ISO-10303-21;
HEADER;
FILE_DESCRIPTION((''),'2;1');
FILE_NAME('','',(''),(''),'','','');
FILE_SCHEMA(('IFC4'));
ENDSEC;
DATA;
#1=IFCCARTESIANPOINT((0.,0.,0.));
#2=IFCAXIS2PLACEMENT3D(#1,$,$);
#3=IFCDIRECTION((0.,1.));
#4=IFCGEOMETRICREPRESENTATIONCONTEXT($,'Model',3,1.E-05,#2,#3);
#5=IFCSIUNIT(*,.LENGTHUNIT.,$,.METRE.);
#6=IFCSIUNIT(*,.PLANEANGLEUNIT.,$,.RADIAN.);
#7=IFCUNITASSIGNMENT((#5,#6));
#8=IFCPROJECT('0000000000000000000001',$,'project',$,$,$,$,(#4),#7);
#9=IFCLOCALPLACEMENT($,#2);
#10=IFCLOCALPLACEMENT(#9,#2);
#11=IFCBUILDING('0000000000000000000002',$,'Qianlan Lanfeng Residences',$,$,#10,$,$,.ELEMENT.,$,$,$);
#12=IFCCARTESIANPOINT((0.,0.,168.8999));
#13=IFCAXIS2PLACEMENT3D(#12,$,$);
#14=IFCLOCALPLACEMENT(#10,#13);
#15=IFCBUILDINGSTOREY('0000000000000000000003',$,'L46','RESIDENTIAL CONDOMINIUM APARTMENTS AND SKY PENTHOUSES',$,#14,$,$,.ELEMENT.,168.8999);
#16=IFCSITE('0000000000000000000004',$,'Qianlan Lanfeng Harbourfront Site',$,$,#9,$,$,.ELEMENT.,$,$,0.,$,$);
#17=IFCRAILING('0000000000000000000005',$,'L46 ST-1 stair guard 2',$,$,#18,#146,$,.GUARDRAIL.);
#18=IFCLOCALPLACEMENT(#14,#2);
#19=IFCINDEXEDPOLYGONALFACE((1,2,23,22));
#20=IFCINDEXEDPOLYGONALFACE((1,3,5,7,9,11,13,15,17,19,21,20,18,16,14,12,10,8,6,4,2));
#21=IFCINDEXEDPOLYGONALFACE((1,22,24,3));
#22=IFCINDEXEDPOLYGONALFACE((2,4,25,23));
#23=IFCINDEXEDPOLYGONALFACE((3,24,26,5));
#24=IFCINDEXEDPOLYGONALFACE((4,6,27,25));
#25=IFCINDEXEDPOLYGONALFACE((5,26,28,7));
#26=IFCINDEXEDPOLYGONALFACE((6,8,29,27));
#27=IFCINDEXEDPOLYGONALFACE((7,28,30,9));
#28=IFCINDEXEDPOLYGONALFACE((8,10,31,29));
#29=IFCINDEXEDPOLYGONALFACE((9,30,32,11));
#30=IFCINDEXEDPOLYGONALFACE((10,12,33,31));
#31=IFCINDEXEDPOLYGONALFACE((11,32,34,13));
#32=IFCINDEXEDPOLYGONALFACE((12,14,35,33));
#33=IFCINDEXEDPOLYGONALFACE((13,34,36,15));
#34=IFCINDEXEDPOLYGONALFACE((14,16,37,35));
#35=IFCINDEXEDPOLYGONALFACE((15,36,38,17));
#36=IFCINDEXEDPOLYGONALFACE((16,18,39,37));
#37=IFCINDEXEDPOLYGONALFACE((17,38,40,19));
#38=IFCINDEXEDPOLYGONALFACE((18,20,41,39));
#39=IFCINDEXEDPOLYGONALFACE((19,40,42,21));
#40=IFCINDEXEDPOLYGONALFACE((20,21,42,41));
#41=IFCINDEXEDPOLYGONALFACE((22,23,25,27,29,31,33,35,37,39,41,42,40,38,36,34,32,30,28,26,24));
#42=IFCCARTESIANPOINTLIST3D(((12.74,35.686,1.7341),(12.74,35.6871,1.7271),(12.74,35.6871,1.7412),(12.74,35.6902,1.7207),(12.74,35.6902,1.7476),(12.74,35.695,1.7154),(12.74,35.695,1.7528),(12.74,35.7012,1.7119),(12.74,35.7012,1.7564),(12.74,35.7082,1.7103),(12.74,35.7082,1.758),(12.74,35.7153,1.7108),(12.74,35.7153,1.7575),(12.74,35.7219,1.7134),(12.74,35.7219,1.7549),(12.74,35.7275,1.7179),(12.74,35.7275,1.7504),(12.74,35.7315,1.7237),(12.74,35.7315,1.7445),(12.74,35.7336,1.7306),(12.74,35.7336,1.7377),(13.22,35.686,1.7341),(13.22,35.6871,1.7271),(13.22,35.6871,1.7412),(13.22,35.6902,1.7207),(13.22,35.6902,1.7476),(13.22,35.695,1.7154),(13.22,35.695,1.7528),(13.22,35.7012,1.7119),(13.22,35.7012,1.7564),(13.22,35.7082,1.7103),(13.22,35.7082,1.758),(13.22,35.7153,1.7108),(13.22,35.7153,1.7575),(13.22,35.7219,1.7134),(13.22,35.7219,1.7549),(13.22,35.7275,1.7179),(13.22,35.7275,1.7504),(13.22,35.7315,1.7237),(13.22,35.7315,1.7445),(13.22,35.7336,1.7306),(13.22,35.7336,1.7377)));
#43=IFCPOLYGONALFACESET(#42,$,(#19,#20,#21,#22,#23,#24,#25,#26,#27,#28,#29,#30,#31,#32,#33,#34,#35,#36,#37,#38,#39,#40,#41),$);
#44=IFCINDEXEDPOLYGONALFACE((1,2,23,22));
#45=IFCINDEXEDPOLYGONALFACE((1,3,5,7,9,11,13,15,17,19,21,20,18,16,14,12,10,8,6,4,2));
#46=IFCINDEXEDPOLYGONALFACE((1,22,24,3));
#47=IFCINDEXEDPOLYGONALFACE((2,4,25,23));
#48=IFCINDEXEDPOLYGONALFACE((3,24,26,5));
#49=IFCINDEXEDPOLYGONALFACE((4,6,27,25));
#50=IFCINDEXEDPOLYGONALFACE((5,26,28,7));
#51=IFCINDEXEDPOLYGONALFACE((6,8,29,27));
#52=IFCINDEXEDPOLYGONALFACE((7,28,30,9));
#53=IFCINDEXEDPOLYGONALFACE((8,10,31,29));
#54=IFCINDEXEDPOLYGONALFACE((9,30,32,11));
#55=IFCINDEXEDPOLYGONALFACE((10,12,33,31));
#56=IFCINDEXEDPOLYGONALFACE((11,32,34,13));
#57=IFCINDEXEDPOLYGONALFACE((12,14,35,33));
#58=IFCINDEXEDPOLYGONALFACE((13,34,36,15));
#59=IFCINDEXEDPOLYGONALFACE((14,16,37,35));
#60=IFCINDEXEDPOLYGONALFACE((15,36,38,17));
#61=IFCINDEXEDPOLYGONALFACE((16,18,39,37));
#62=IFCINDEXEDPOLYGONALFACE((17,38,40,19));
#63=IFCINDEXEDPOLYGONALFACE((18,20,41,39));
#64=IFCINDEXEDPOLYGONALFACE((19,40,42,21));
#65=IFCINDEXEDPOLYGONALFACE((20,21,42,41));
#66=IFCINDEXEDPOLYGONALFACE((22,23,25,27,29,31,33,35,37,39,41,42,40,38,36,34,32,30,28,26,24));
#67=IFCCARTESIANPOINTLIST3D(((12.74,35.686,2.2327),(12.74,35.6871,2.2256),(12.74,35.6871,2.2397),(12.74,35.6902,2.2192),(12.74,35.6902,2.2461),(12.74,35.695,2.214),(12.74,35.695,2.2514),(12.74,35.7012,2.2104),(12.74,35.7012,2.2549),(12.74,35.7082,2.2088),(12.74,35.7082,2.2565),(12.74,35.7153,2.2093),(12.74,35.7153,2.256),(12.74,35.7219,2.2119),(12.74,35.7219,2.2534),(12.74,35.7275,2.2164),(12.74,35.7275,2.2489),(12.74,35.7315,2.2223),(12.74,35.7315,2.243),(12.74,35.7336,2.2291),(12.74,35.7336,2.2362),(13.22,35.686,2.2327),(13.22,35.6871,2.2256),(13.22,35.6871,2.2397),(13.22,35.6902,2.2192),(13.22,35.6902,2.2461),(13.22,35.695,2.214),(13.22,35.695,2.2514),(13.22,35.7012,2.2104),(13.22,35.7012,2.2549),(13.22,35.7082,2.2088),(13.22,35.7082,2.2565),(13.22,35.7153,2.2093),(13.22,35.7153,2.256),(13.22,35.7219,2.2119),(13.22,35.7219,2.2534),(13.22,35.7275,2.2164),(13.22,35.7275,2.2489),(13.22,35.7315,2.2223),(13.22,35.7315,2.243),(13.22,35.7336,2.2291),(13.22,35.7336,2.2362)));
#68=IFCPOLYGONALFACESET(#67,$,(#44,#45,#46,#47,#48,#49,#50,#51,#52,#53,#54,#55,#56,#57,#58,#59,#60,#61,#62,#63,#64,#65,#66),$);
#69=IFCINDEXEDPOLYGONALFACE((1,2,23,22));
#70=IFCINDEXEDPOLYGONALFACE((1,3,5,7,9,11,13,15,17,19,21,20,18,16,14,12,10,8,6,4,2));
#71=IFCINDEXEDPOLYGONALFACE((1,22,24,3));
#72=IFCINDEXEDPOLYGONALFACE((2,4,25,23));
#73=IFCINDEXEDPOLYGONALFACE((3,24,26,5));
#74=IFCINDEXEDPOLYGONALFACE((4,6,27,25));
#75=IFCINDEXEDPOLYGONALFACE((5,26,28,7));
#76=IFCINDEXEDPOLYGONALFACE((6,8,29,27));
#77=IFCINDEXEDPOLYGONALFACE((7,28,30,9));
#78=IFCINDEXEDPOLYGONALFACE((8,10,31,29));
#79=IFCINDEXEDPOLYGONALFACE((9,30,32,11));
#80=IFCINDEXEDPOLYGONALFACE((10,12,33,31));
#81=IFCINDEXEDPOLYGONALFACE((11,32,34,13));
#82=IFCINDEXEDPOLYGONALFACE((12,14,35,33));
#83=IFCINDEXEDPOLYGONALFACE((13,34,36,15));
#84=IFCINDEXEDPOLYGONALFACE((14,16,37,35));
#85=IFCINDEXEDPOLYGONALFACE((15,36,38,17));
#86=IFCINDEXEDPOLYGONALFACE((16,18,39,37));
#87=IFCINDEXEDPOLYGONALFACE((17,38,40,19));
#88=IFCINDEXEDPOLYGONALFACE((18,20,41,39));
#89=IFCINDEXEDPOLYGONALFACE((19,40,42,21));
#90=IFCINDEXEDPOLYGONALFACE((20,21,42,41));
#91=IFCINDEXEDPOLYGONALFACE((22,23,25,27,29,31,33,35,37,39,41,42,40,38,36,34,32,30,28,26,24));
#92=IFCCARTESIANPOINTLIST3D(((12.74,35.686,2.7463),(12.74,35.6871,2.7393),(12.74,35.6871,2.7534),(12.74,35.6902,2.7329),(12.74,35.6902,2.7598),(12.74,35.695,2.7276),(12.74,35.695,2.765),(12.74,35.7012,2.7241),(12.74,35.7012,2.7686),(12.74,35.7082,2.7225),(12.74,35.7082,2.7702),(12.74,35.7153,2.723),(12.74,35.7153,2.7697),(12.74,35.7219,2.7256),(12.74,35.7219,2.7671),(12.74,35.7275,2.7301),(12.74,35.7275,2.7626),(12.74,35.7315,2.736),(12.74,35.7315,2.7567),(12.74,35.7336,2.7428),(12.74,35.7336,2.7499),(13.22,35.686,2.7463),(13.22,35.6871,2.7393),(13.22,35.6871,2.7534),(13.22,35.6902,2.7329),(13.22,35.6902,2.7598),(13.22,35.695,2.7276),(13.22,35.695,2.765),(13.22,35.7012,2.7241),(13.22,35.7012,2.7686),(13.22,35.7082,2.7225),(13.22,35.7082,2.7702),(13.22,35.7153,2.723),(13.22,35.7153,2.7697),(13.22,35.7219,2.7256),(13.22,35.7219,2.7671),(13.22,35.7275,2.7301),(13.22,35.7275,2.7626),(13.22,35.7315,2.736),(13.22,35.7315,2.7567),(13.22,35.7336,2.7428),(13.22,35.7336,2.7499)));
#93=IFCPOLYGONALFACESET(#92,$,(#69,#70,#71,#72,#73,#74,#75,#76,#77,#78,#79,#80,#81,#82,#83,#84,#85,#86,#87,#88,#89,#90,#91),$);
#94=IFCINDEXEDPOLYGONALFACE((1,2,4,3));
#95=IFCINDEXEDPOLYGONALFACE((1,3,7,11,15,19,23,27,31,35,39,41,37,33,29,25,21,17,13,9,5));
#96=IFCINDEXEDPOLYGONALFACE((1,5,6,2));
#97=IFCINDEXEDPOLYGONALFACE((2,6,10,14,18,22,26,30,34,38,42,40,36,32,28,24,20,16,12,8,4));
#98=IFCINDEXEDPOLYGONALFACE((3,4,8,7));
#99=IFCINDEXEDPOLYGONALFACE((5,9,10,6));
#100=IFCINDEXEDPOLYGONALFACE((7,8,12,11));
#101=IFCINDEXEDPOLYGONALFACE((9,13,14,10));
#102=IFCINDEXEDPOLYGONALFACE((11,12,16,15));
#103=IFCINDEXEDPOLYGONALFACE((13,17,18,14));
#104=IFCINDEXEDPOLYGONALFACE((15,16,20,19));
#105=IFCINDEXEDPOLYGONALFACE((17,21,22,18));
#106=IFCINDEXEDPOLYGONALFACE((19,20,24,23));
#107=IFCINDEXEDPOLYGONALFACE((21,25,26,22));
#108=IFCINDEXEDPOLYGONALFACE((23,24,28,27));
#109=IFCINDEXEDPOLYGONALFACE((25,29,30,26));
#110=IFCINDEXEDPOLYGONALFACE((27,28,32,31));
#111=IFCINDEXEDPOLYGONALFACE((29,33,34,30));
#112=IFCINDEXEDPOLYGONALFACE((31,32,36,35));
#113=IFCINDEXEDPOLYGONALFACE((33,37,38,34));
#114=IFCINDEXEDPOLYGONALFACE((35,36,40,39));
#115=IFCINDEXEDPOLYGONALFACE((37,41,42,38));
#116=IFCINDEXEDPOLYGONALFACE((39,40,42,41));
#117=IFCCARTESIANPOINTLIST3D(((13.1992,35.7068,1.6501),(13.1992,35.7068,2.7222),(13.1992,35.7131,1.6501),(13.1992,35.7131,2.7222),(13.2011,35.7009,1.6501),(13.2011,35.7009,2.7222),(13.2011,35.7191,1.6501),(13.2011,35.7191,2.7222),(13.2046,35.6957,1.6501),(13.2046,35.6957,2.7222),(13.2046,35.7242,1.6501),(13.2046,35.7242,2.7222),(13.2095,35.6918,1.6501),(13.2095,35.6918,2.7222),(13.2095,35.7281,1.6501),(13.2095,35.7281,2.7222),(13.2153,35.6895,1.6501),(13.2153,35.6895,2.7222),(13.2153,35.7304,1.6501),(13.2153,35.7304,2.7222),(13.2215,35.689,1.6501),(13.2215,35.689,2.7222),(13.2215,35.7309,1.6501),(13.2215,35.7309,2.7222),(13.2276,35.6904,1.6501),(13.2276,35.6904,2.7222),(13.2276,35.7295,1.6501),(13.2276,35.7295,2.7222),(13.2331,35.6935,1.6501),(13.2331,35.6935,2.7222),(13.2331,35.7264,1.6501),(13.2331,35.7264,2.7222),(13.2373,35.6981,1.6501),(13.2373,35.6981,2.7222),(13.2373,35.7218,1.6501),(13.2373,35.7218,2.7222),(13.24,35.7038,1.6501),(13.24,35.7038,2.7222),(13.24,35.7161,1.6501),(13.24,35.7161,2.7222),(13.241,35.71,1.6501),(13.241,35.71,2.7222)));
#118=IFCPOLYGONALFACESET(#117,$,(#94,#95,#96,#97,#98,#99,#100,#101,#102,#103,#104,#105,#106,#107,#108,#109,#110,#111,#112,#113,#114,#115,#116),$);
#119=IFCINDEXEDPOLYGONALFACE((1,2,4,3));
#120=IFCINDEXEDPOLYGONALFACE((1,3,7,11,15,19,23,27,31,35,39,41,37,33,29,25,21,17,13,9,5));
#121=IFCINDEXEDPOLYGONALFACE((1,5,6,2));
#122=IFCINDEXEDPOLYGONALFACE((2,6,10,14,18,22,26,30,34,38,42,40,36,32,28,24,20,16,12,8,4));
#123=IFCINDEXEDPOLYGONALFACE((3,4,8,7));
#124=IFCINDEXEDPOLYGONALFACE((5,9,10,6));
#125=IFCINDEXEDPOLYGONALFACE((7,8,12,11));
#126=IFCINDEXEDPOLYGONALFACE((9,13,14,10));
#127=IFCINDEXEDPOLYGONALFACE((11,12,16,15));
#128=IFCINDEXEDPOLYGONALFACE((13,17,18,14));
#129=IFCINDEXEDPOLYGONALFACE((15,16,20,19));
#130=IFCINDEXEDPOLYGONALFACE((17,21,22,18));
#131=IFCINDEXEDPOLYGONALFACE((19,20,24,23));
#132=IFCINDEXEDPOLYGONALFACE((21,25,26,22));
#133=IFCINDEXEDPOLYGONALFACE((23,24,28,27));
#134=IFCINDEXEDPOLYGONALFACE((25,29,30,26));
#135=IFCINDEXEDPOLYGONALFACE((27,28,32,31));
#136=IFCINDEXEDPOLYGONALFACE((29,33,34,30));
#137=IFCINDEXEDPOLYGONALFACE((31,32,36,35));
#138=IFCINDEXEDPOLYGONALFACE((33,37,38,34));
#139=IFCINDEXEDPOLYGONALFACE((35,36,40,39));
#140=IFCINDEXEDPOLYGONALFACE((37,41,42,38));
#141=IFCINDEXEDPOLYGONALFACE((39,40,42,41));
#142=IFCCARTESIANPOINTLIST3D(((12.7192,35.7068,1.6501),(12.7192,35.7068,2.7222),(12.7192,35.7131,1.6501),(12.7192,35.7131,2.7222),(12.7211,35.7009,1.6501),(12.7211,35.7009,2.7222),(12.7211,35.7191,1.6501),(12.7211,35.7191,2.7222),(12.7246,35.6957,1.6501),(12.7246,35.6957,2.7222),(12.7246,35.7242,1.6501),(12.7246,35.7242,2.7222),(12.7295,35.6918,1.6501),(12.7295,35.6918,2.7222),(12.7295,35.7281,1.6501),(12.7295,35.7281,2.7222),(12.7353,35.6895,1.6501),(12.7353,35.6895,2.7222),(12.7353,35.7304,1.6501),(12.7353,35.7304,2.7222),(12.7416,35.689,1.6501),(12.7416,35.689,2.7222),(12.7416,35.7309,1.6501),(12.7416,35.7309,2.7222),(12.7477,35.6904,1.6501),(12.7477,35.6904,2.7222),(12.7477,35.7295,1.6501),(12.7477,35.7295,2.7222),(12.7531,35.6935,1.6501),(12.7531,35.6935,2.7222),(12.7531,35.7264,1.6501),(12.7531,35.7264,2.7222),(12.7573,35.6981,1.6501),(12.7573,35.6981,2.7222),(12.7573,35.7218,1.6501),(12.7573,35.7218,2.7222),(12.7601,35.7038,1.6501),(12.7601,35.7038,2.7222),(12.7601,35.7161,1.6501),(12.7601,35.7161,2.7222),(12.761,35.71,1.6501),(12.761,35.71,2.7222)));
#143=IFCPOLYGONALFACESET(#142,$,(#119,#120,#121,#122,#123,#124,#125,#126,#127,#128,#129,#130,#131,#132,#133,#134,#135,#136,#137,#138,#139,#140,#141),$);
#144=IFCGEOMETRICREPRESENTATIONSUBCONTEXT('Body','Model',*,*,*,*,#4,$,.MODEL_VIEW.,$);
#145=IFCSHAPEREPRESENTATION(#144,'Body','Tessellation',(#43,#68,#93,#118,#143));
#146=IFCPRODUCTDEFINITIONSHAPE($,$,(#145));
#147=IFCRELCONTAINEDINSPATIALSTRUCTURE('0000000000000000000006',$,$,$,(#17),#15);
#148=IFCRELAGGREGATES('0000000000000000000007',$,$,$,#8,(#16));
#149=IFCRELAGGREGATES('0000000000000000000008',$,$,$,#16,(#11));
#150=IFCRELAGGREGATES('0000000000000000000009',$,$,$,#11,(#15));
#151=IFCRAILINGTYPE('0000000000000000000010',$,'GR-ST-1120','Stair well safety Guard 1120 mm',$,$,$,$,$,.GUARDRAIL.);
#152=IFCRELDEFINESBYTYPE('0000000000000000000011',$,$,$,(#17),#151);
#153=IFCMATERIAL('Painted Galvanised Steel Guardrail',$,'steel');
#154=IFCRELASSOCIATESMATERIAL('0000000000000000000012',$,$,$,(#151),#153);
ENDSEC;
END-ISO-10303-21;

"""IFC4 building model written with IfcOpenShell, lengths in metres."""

from ifc_helpers import new_model, si_unit, direction, frame, origin, origin_2d, place, context, subcontext, project, spatial, circle, extrude, material, type_object, element, save


model = new_model("IFC4")

# Units and contexts
model_context = context("Model", 3, precision=1e-05, world=origin(), true_north=direction((0.0, 1.0)))
body_context = subcontext(model_context, "Body", "Model", "MODEL_VIEW")
ifc_project = project(units=[si_unit("LENGTHUNIT", "METRE"), si_unit("PLANEANGLEUNIT", "RADIAN")], contexts=[model_context])

# Site, building, storey
site_placement = place(None, origin())
site = spatial("IfcSite", under=ifc_project, at=site_placement, Name="Qianlan Lanfeng Harbourfront Site", CompositionType="ELEMENT", RefElevation=0.0)
building_placement = place(site_placement, origin())
building = spatial("IfcBuilding", under=site, at=building_placement, Name="Qianlan Lanfeng Residences", CompositionType="ELEMENT")
storey_placement = place(building_placement, frame((0.0, 0.0, 168.8999)))
storey = spatial("IfcBuildingStorey", under=building, at=storey_placement, Name="L46", Description="RESIDENTIAL CONDOMINIUM APARTMENTS AND SKY PENTHOUSES", CompositionType="ELEMENT", Elevation=168.8999)

# Railing
ifc_material_1 = material(Name="Painted Galvanised Steel Guardrail", Category="steel")
railing_type_1 = type_object("IfcRailingType", Name="GR-ST-1120", Description="Stair well safety Guard 1120 mm", PredefinedType="GUARDRAIL", material=ifc_material_1)
railing_1_placement = place(storey_placement, frame((13.22, 35.71, 1.6501)))
element("IfcRailing", 1, at=railing_1_placement, inside=storey, type_object=railing_type_1, Name="L46 ST-1 stair guard 2", PredefinedType="GUARDRAIL", context=body_context, shape_type="SweptSolid", body=[
    extrude(circle(Radius=0.0239, at=origin_2d()), frame((0.0, 0.0, 0.084), z_axis=(-1.0, 0.0, 0.0), x_axis=(0.0, -1.0, 0.0)), (0.0, 0.0, 1.0), 0.48),
    extrude(circle(Radius=0.0239, at=origin_2d()), frame((0.0, 0.0, 0.5825), z_axis=(-1.0, 0.0, 0.0), x_axis=(0.0, -1.0, 0.0)), (0.0, 0.0, 1.0), 0.48),
    extrude(circle(Radius=0.0239, at=origin_2d()), frame((0.0, 0.0, 1.0962), z_axis=(-1.0, 0.0, 0.0), x_axis=(0.0, -1.0, 0.0)), (0.0, 0.0, 1.0), 0.48),
    extrude(circle(Radius=0.021, at=origin_2d()), origin(), (0.0, 0.0, 1.0), 1.072),
    extrude(circle(Radius=0.021, at=origin_2d()), frame((-0.48, 0.0, 0.0)), (0.0, 0.0, 1.0), 1.072),
])

save(model, "model.ifc")
